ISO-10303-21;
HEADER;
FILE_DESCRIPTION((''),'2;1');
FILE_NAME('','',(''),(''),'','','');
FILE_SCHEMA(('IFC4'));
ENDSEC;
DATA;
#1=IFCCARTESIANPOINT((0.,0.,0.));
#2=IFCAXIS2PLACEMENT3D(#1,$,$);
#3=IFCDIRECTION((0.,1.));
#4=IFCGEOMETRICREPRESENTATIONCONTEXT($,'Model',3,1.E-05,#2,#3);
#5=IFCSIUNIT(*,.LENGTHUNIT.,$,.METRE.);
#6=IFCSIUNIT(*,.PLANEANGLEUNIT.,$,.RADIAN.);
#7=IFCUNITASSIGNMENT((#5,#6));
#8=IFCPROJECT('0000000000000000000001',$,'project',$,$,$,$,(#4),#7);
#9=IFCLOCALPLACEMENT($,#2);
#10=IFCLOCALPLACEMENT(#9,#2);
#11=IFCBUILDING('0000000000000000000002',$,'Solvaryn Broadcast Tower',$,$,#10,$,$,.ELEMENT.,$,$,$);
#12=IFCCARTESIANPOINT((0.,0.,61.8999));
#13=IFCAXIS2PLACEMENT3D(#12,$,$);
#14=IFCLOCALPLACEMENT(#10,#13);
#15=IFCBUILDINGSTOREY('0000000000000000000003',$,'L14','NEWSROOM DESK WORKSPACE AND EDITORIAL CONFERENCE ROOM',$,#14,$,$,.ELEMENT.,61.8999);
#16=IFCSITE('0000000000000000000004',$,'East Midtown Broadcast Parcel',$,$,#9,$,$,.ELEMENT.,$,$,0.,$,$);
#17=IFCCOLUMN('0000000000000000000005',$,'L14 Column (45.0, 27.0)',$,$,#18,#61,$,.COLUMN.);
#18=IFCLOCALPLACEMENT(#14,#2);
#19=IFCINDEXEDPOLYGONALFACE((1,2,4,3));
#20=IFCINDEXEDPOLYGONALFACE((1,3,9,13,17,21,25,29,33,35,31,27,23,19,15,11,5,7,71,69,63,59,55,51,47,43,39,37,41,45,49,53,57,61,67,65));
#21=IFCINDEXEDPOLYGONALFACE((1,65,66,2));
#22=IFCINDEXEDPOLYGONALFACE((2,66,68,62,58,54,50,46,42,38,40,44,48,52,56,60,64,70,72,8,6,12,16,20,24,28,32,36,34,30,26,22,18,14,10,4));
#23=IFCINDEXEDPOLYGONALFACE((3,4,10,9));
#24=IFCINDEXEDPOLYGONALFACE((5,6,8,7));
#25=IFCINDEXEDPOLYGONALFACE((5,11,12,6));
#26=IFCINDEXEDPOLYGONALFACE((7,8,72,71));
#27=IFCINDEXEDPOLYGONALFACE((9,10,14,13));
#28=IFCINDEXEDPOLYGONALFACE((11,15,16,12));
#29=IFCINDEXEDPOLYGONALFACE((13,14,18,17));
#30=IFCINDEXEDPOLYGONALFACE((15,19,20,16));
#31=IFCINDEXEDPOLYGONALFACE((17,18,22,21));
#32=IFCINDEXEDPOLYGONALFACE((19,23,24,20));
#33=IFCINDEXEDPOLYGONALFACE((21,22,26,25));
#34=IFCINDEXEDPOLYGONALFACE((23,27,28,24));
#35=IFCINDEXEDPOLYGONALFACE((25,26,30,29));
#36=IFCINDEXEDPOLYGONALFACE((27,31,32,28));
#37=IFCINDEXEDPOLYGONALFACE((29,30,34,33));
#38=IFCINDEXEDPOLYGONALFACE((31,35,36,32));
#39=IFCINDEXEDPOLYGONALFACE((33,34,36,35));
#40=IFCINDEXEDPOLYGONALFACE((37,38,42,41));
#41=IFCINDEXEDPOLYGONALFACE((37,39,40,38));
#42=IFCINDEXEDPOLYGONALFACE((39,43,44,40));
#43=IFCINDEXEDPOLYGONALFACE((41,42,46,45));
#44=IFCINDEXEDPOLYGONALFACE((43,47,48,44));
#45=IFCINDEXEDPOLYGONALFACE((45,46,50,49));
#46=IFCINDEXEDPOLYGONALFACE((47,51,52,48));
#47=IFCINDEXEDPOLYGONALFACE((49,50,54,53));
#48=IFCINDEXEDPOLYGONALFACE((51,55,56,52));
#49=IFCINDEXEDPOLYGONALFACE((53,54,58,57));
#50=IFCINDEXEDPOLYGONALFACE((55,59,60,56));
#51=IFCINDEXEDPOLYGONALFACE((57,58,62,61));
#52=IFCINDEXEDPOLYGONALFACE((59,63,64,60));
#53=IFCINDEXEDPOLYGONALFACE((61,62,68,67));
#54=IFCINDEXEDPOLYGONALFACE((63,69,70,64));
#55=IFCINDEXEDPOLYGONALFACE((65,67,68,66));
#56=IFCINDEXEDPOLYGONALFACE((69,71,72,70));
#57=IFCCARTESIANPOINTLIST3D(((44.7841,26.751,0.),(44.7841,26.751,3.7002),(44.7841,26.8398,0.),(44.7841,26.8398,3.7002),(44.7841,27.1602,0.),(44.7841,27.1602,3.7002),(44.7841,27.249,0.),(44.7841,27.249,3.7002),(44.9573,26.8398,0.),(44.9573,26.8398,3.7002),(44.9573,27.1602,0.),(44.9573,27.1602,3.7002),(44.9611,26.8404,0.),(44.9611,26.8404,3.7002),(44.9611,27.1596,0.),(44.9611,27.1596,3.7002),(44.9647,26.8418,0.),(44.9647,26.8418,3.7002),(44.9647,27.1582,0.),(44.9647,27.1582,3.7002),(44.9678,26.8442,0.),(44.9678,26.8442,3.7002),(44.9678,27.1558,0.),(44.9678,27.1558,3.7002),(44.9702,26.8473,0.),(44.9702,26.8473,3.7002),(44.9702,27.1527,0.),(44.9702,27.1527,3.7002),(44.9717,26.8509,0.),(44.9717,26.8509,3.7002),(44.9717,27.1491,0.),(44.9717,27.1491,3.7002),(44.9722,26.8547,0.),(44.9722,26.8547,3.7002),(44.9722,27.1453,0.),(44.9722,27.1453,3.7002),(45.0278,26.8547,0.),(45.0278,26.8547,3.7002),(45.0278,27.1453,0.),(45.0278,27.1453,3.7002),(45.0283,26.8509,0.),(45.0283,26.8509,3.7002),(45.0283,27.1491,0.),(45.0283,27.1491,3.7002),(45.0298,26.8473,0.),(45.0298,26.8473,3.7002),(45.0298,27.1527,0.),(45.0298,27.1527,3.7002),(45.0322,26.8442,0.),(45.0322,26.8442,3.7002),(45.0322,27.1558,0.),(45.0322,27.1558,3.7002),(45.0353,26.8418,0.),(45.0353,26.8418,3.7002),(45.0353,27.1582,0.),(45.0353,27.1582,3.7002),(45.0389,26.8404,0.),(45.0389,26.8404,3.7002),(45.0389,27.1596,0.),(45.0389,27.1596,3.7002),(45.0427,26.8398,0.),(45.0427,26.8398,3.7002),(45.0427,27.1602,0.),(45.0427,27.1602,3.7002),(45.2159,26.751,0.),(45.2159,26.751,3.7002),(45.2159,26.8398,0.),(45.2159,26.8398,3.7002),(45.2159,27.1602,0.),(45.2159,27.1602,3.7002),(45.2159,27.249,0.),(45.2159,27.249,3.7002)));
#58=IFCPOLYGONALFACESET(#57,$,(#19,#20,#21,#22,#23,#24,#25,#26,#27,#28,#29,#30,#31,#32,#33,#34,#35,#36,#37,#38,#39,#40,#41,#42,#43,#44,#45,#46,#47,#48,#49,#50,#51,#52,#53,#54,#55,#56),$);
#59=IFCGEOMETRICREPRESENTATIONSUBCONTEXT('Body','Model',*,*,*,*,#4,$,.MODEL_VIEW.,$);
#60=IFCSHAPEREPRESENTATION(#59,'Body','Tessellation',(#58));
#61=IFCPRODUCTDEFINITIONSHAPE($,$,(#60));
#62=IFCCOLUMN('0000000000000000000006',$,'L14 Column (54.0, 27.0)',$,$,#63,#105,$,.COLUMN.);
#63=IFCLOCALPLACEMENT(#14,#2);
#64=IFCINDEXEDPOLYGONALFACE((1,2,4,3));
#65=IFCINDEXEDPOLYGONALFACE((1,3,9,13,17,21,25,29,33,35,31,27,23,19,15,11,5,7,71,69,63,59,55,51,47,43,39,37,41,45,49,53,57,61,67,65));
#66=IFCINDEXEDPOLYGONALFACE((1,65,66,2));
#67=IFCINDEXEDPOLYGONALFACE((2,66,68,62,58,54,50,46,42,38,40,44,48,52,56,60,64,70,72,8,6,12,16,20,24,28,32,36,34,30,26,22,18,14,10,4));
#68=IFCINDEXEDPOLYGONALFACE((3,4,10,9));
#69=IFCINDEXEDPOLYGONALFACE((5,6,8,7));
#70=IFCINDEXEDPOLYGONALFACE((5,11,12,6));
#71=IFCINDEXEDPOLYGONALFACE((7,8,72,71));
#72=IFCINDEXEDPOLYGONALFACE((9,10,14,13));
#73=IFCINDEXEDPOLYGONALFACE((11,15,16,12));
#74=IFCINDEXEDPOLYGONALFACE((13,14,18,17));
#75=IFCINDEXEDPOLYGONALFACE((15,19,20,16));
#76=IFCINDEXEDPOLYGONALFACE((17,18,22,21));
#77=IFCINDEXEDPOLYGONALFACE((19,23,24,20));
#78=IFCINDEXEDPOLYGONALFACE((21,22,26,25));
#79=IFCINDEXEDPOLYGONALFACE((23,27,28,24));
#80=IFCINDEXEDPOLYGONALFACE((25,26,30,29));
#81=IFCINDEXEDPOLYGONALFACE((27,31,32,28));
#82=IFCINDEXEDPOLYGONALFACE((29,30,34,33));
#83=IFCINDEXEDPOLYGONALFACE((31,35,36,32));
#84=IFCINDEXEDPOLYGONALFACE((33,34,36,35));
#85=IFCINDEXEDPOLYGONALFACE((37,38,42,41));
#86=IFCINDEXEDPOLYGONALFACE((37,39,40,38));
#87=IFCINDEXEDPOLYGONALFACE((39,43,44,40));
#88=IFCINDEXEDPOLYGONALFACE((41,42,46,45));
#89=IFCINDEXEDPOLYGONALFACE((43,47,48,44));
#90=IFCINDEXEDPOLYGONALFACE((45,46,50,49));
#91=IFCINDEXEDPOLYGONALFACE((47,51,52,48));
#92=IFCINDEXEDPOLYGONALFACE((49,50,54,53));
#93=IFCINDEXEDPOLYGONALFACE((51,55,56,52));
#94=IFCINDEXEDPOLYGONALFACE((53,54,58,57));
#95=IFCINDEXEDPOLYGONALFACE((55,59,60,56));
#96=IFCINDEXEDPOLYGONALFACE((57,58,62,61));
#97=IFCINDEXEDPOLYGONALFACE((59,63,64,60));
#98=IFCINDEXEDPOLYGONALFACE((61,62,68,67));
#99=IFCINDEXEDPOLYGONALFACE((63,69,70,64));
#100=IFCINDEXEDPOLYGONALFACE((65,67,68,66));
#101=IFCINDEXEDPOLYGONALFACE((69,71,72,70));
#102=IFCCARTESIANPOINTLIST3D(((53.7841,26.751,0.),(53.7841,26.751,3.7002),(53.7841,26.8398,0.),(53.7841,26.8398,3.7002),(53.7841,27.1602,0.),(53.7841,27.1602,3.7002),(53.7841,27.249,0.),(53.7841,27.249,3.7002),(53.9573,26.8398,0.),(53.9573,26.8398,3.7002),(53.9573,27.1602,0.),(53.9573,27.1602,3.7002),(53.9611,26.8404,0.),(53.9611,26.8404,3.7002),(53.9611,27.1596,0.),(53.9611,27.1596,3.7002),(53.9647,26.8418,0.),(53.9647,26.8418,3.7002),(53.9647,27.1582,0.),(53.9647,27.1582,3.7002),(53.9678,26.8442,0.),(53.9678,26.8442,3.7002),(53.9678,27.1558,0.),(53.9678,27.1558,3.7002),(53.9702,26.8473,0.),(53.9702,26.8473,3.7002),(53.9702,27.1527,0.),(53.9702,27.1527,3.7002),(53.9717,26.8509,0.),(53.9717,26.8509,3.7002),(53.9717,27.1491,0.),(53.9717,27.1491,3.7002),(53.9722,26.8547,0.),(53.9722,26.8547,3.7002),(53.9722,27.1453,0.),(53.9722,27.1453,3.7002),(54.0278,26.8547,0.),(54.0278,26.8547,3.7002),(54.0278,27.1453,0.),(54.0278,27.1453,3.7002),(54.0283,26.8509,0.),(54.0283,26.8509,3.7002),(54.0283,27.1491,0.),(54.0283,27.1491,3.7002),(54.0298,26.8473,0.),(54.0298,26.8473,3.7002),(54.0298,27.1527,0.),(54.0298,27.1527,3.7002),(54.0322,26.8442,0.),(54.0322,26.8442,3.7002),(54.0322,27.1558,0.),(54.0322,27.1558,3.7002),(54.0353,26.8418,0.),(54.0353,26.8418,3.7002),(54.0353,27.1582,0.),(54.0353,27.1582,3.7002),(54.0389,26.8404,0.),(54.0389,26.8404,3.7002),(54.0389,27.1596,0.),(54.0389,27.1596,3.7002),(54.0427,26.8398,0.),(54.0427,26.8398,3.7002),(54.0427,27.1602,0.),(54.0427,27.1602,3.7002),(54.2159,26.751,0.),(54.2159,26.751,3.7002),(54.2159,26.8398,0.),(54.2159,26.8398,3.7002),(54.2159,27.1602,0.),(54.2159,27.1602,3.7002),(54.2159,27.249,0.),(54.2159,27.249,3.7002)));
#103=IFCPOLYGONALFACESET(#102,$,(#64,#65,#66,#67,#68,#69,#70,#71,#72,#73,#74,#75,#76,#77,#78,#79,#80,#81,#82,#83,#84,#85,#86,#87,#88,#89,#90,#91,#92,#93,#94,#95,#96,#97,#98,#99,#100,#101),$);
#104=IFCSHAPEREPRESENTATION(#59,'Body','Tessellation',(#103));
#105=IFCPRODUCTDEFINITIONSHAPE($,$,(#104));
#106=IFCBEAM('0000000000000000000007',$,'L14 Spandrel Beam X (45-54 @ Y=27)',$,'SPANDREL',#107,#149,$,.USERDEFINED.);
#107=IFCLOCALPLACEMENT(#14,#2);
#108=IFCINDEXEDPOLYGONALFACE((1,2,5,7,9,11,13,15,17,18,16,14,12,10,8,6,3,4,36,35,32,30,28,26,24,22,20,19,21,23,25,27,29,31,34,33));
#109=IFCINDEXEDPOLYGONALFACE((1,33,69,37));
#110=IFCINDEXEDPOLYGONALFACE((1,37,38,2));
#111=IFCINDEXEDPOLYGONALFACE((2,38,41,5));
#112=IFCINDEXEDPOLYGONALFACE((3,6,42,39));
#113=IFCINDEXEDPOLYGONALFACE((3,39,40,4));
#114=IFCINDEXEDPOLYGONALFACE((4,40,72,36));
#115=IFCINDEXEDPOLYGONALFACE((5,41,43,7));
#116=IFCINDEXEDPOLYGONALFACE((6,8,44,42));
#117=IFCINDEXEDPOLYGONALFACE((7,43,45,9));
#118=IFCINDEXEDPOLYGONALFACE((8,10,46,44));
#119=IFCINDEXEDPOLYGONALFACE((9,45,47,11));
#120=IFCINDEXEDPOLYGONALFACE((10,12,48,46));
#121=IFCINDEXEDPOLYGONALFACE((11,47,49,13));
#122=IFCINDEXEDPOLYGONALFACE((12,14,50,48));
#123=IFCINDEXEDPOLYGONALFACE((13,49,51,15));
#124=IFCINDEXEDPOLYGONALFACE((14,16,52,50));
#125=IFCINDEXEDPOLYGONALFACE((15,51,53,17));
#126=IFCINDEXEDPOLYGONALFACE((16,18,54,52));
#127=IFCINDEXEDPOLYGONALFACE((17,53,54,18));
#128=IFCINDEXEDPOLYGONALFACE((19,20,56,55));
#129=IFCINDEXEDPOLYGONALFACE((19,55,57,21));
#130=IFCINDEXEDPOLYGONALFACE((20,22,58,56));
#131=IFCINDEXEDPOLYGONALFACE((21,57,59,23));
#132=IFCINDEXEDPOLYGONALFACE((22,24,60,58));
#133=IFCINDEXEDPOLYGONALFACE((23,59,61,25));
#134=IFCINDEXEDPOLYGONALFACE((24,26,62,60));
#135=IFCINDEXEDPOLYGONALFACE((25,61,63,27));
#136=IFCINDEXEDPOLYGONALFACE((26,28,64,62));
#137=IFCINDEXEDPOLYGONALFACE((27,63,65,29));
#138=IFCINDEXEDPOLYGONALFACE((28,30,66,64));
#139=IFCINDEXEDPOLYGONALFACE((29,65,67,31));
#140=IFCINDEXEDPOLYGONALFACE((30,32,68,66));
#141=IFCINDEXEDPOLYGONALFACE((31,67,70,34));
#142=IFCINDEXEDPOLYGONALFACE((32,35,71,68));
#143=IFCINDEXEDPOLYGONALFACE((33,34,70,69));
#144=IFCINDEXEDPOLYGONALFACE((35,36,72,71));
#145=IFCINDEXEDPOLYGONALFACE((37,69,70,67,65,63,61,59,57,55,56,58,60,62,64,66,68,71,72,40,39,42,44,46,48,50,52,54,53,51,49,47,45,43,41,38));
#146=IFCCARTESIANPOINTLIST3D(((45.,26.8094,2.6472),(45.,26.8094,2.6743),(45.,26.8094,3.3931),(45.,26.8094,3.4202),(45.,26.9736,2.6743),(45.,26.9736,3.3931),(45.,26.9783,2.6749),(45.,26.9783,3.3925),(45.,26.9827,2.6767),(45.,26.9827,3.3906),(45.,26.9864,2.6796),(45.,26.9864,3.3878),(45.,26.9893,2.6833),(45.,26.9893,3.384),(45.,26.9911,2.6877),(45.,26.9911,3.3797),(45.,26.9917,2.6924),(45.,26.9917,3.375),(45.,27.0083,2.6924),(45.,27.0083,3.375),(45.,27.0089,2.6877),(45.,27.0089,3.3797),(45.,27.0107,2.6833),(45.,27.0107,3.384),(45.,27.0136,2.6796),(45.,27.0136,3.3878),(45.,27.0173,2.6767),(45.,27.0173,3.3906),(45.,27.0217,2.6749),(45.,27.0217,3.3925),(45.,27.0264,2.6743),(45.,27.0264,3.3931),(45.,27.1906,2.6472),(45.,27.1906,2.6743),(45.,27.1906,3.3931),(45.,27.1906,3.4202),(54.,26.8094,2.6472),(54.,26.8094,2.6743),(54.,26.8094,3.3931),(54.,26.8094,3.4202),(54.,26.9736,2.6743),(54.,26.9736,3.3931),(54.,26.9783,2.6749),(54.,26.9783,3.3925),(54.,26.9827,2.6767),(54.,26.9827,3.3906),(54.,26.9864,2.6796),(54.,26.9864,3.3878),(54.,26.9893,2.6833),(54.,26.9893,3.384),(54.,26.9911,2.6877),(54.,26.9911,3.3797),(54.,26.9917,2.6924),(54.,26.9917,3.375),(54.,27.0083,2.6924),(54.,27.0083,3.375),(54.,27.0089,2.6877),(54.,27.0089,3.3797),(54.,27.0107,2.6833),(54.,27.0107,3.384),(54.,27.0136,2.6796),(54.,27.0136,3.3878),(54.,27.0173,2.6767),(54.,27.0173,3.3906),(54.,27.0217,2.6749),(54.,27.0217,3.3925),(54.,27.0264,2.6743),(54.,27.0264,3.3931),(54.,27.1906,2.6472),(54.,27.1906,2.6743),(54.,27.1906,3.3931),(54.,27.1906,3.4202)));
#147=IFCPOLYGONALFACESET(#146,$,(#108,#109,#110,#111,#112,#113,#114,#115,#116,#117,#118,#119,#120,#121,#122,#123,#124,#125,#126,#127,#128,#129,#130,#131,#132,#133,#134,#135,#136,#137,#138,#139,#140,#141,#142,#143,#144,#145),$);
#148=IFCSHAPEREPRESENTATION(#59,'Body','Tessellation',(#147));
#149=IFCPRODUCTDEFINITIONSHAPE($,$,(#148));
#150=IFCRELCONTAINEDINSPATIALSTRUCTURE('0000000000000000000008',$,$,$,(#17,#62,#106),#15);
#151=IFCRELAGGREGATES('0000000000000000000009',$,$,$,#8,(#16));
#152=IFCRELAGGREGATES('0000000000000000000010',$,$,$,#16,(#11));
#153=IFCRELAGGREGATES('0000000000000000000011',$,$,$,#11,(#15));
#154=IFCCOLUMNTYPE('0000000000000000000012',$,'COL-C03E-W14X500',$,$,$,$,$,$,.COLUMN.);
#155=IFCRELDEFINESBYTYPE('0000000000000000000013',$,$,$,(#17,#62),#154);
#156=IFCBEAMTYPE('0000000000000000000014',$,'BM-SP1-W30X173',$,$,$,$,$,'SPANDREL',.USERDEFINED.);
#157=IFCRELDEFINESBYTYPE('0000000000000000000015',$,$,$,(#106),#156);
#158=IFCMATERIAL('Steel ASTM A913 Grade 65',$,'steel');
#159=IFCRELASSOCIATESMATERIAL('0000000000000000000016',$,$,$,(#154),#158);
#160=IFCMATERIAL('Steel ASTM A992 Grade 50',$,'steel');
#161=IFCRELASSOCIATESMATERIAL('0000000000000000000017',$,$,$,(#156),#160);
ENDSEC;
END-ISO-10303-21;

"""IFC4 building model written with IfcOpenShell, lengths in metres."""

from ifc_helpers import new_model, si_unit, direction, frame, origin, origin_2d, place, context, subcontext, project, spatial, i_section, extrude, material, material_profile, profile_set, type_object, element, save


model = new_model("IFC4")

# Units and contexts
model_context = context("Model", 3, precision=1e-05, world=origin(), true_north=direction((0.0, 1.0)))
body_context = subcontext(model_context, "Body", "Model", "MODEL_VIEW")
ifc_project = project(units=[si_unit("LENGTHUNIT", "METRE"), si_unit("PLANEANGLEUNIT", "RADIAN")], contexts=[model_context])

# Site, building, storey
site_placement = place(None, origin())
site = spatial("IfcSite", under=ifc_project, at=site_placement, Name="East Midtown Broadcast Parcel", CompositionType="ELEMENT", RefElevation=0.0)
building_placement = place(site_placement, origin())
building = spatial("IfcBuilding", under=site, at=building_placement, Name="Solvaryn Broadcast Tower", CompositionType="ELEMENT")
storey_placement = place(building_placement, frame((0.0, 0.0, 61.8999)))
storey = spatial("IfcBuildingStorey", under=building, at=storey_placement, Name="L14", Description="NEWSROOM DESK WORKSPACE AND EDITORIAL CONFERENCE ROOM", CompositionType="ELEMENT", Elevation=61.8999)

# Columns
ifc_material_1 = material(Name="Steel ASTM A913 Grade 65", Category="steel")
ifc_material_profile_1 = material_profile(ifc_material_1, i_section(OverallWidth=0.4319, OverallDepth=0.498, WebThickness=0.0557, FlangeThickness=0.0889, FilletRadius=0.0149, at=origin_2d()))
ifc_profile_set_1 = profile_set([ifc_material_profile_1], Name="Steel ASTM A913 Grade 65")
column_type = type_object("IfcColumnType", Name="COL-C03E-W14X500", PredefinedType="COLUMN", material=ifc_profile_set_1)
for number, where, z_axis, x_axis, name in (
    (1, (45.0, 27.0, 0.0), (0.0, 0.0, 1.0), (1.0, 0.0, 0.0), "L14 Column (45.0, 27.0)"),
    (2, (54.0, 27.0, 0.0), (0.0, 0.0, 1.0), (1.0, 0.0, 0.0), "L14 Column (54.0, 27.0)"),
):
    element("IfcColumn", number, at=place(storey_placement, frame(where, z_axis=z_axis, x_axis=x_axis)), inside=storey, type_object=column_type, Name=name, PredefinedType="COLUMN", context=body_context, shape_type="SweptSolid", body=[
        extrude(i_section(OverallWidth=0.4319, OverallDepth=0.498, WebThickness=0.0557, FlangeThickness=0.0889, FilletRadius=0.0149, at=origin_2d()), origin(), (0.0, 0.0, 1.0), 3.7002),
    ])

# Beam
ifc_material_2 = material(Name="Steel ASTM A992 Grade 50", Category="steel")
ifc_material_profile_2 = material_profile(ifc_material_2, i_section(OverallWidth=0.3811, OverallDepth=0.7729, WebThickness=0.0166, FlangeThickness=0.0271, FilletRadius=0.0181, at=origin_2d()))
ifc_profile_set_2 = profile_set([ifc_material_profile_2], Name="Steel ASTM A992 Grade 50")
beam_type = type_object("IfcBeamType", Name="BM-SP1-W30X173", ElementType="SPANDREL", PredefinedType="USERDEFINED", material=ifc_profile_set_2)
beam_placement = place(storey_placement, frame((45.0, 27.0, 3.0337), z_axis=(1.0, 0.0, 0.0), x_axis=(0.0, 1.0, 0.0)))
element("IfcBeam", 3, at=beam_placement, inside=storey, type_object=beam_type, Name="L14 Spandrel Beam X (45-54 @ Y=27)", ObjectType="SPANDREL", PredefinedType="USERDEFINED", context=body_context, shape_type="SweptSolid", body=[
    extrude(i_section(OverallWidth=0.3811, OverallDepth=0.7729, WebThickness=0.0166, FlangeThickness=0.0271, FilletRadius=0.0181, at=origin_2d()), origin(), (0.0, 0.0, 1.0), 9.0),
])

save(model, "model.ifc")
